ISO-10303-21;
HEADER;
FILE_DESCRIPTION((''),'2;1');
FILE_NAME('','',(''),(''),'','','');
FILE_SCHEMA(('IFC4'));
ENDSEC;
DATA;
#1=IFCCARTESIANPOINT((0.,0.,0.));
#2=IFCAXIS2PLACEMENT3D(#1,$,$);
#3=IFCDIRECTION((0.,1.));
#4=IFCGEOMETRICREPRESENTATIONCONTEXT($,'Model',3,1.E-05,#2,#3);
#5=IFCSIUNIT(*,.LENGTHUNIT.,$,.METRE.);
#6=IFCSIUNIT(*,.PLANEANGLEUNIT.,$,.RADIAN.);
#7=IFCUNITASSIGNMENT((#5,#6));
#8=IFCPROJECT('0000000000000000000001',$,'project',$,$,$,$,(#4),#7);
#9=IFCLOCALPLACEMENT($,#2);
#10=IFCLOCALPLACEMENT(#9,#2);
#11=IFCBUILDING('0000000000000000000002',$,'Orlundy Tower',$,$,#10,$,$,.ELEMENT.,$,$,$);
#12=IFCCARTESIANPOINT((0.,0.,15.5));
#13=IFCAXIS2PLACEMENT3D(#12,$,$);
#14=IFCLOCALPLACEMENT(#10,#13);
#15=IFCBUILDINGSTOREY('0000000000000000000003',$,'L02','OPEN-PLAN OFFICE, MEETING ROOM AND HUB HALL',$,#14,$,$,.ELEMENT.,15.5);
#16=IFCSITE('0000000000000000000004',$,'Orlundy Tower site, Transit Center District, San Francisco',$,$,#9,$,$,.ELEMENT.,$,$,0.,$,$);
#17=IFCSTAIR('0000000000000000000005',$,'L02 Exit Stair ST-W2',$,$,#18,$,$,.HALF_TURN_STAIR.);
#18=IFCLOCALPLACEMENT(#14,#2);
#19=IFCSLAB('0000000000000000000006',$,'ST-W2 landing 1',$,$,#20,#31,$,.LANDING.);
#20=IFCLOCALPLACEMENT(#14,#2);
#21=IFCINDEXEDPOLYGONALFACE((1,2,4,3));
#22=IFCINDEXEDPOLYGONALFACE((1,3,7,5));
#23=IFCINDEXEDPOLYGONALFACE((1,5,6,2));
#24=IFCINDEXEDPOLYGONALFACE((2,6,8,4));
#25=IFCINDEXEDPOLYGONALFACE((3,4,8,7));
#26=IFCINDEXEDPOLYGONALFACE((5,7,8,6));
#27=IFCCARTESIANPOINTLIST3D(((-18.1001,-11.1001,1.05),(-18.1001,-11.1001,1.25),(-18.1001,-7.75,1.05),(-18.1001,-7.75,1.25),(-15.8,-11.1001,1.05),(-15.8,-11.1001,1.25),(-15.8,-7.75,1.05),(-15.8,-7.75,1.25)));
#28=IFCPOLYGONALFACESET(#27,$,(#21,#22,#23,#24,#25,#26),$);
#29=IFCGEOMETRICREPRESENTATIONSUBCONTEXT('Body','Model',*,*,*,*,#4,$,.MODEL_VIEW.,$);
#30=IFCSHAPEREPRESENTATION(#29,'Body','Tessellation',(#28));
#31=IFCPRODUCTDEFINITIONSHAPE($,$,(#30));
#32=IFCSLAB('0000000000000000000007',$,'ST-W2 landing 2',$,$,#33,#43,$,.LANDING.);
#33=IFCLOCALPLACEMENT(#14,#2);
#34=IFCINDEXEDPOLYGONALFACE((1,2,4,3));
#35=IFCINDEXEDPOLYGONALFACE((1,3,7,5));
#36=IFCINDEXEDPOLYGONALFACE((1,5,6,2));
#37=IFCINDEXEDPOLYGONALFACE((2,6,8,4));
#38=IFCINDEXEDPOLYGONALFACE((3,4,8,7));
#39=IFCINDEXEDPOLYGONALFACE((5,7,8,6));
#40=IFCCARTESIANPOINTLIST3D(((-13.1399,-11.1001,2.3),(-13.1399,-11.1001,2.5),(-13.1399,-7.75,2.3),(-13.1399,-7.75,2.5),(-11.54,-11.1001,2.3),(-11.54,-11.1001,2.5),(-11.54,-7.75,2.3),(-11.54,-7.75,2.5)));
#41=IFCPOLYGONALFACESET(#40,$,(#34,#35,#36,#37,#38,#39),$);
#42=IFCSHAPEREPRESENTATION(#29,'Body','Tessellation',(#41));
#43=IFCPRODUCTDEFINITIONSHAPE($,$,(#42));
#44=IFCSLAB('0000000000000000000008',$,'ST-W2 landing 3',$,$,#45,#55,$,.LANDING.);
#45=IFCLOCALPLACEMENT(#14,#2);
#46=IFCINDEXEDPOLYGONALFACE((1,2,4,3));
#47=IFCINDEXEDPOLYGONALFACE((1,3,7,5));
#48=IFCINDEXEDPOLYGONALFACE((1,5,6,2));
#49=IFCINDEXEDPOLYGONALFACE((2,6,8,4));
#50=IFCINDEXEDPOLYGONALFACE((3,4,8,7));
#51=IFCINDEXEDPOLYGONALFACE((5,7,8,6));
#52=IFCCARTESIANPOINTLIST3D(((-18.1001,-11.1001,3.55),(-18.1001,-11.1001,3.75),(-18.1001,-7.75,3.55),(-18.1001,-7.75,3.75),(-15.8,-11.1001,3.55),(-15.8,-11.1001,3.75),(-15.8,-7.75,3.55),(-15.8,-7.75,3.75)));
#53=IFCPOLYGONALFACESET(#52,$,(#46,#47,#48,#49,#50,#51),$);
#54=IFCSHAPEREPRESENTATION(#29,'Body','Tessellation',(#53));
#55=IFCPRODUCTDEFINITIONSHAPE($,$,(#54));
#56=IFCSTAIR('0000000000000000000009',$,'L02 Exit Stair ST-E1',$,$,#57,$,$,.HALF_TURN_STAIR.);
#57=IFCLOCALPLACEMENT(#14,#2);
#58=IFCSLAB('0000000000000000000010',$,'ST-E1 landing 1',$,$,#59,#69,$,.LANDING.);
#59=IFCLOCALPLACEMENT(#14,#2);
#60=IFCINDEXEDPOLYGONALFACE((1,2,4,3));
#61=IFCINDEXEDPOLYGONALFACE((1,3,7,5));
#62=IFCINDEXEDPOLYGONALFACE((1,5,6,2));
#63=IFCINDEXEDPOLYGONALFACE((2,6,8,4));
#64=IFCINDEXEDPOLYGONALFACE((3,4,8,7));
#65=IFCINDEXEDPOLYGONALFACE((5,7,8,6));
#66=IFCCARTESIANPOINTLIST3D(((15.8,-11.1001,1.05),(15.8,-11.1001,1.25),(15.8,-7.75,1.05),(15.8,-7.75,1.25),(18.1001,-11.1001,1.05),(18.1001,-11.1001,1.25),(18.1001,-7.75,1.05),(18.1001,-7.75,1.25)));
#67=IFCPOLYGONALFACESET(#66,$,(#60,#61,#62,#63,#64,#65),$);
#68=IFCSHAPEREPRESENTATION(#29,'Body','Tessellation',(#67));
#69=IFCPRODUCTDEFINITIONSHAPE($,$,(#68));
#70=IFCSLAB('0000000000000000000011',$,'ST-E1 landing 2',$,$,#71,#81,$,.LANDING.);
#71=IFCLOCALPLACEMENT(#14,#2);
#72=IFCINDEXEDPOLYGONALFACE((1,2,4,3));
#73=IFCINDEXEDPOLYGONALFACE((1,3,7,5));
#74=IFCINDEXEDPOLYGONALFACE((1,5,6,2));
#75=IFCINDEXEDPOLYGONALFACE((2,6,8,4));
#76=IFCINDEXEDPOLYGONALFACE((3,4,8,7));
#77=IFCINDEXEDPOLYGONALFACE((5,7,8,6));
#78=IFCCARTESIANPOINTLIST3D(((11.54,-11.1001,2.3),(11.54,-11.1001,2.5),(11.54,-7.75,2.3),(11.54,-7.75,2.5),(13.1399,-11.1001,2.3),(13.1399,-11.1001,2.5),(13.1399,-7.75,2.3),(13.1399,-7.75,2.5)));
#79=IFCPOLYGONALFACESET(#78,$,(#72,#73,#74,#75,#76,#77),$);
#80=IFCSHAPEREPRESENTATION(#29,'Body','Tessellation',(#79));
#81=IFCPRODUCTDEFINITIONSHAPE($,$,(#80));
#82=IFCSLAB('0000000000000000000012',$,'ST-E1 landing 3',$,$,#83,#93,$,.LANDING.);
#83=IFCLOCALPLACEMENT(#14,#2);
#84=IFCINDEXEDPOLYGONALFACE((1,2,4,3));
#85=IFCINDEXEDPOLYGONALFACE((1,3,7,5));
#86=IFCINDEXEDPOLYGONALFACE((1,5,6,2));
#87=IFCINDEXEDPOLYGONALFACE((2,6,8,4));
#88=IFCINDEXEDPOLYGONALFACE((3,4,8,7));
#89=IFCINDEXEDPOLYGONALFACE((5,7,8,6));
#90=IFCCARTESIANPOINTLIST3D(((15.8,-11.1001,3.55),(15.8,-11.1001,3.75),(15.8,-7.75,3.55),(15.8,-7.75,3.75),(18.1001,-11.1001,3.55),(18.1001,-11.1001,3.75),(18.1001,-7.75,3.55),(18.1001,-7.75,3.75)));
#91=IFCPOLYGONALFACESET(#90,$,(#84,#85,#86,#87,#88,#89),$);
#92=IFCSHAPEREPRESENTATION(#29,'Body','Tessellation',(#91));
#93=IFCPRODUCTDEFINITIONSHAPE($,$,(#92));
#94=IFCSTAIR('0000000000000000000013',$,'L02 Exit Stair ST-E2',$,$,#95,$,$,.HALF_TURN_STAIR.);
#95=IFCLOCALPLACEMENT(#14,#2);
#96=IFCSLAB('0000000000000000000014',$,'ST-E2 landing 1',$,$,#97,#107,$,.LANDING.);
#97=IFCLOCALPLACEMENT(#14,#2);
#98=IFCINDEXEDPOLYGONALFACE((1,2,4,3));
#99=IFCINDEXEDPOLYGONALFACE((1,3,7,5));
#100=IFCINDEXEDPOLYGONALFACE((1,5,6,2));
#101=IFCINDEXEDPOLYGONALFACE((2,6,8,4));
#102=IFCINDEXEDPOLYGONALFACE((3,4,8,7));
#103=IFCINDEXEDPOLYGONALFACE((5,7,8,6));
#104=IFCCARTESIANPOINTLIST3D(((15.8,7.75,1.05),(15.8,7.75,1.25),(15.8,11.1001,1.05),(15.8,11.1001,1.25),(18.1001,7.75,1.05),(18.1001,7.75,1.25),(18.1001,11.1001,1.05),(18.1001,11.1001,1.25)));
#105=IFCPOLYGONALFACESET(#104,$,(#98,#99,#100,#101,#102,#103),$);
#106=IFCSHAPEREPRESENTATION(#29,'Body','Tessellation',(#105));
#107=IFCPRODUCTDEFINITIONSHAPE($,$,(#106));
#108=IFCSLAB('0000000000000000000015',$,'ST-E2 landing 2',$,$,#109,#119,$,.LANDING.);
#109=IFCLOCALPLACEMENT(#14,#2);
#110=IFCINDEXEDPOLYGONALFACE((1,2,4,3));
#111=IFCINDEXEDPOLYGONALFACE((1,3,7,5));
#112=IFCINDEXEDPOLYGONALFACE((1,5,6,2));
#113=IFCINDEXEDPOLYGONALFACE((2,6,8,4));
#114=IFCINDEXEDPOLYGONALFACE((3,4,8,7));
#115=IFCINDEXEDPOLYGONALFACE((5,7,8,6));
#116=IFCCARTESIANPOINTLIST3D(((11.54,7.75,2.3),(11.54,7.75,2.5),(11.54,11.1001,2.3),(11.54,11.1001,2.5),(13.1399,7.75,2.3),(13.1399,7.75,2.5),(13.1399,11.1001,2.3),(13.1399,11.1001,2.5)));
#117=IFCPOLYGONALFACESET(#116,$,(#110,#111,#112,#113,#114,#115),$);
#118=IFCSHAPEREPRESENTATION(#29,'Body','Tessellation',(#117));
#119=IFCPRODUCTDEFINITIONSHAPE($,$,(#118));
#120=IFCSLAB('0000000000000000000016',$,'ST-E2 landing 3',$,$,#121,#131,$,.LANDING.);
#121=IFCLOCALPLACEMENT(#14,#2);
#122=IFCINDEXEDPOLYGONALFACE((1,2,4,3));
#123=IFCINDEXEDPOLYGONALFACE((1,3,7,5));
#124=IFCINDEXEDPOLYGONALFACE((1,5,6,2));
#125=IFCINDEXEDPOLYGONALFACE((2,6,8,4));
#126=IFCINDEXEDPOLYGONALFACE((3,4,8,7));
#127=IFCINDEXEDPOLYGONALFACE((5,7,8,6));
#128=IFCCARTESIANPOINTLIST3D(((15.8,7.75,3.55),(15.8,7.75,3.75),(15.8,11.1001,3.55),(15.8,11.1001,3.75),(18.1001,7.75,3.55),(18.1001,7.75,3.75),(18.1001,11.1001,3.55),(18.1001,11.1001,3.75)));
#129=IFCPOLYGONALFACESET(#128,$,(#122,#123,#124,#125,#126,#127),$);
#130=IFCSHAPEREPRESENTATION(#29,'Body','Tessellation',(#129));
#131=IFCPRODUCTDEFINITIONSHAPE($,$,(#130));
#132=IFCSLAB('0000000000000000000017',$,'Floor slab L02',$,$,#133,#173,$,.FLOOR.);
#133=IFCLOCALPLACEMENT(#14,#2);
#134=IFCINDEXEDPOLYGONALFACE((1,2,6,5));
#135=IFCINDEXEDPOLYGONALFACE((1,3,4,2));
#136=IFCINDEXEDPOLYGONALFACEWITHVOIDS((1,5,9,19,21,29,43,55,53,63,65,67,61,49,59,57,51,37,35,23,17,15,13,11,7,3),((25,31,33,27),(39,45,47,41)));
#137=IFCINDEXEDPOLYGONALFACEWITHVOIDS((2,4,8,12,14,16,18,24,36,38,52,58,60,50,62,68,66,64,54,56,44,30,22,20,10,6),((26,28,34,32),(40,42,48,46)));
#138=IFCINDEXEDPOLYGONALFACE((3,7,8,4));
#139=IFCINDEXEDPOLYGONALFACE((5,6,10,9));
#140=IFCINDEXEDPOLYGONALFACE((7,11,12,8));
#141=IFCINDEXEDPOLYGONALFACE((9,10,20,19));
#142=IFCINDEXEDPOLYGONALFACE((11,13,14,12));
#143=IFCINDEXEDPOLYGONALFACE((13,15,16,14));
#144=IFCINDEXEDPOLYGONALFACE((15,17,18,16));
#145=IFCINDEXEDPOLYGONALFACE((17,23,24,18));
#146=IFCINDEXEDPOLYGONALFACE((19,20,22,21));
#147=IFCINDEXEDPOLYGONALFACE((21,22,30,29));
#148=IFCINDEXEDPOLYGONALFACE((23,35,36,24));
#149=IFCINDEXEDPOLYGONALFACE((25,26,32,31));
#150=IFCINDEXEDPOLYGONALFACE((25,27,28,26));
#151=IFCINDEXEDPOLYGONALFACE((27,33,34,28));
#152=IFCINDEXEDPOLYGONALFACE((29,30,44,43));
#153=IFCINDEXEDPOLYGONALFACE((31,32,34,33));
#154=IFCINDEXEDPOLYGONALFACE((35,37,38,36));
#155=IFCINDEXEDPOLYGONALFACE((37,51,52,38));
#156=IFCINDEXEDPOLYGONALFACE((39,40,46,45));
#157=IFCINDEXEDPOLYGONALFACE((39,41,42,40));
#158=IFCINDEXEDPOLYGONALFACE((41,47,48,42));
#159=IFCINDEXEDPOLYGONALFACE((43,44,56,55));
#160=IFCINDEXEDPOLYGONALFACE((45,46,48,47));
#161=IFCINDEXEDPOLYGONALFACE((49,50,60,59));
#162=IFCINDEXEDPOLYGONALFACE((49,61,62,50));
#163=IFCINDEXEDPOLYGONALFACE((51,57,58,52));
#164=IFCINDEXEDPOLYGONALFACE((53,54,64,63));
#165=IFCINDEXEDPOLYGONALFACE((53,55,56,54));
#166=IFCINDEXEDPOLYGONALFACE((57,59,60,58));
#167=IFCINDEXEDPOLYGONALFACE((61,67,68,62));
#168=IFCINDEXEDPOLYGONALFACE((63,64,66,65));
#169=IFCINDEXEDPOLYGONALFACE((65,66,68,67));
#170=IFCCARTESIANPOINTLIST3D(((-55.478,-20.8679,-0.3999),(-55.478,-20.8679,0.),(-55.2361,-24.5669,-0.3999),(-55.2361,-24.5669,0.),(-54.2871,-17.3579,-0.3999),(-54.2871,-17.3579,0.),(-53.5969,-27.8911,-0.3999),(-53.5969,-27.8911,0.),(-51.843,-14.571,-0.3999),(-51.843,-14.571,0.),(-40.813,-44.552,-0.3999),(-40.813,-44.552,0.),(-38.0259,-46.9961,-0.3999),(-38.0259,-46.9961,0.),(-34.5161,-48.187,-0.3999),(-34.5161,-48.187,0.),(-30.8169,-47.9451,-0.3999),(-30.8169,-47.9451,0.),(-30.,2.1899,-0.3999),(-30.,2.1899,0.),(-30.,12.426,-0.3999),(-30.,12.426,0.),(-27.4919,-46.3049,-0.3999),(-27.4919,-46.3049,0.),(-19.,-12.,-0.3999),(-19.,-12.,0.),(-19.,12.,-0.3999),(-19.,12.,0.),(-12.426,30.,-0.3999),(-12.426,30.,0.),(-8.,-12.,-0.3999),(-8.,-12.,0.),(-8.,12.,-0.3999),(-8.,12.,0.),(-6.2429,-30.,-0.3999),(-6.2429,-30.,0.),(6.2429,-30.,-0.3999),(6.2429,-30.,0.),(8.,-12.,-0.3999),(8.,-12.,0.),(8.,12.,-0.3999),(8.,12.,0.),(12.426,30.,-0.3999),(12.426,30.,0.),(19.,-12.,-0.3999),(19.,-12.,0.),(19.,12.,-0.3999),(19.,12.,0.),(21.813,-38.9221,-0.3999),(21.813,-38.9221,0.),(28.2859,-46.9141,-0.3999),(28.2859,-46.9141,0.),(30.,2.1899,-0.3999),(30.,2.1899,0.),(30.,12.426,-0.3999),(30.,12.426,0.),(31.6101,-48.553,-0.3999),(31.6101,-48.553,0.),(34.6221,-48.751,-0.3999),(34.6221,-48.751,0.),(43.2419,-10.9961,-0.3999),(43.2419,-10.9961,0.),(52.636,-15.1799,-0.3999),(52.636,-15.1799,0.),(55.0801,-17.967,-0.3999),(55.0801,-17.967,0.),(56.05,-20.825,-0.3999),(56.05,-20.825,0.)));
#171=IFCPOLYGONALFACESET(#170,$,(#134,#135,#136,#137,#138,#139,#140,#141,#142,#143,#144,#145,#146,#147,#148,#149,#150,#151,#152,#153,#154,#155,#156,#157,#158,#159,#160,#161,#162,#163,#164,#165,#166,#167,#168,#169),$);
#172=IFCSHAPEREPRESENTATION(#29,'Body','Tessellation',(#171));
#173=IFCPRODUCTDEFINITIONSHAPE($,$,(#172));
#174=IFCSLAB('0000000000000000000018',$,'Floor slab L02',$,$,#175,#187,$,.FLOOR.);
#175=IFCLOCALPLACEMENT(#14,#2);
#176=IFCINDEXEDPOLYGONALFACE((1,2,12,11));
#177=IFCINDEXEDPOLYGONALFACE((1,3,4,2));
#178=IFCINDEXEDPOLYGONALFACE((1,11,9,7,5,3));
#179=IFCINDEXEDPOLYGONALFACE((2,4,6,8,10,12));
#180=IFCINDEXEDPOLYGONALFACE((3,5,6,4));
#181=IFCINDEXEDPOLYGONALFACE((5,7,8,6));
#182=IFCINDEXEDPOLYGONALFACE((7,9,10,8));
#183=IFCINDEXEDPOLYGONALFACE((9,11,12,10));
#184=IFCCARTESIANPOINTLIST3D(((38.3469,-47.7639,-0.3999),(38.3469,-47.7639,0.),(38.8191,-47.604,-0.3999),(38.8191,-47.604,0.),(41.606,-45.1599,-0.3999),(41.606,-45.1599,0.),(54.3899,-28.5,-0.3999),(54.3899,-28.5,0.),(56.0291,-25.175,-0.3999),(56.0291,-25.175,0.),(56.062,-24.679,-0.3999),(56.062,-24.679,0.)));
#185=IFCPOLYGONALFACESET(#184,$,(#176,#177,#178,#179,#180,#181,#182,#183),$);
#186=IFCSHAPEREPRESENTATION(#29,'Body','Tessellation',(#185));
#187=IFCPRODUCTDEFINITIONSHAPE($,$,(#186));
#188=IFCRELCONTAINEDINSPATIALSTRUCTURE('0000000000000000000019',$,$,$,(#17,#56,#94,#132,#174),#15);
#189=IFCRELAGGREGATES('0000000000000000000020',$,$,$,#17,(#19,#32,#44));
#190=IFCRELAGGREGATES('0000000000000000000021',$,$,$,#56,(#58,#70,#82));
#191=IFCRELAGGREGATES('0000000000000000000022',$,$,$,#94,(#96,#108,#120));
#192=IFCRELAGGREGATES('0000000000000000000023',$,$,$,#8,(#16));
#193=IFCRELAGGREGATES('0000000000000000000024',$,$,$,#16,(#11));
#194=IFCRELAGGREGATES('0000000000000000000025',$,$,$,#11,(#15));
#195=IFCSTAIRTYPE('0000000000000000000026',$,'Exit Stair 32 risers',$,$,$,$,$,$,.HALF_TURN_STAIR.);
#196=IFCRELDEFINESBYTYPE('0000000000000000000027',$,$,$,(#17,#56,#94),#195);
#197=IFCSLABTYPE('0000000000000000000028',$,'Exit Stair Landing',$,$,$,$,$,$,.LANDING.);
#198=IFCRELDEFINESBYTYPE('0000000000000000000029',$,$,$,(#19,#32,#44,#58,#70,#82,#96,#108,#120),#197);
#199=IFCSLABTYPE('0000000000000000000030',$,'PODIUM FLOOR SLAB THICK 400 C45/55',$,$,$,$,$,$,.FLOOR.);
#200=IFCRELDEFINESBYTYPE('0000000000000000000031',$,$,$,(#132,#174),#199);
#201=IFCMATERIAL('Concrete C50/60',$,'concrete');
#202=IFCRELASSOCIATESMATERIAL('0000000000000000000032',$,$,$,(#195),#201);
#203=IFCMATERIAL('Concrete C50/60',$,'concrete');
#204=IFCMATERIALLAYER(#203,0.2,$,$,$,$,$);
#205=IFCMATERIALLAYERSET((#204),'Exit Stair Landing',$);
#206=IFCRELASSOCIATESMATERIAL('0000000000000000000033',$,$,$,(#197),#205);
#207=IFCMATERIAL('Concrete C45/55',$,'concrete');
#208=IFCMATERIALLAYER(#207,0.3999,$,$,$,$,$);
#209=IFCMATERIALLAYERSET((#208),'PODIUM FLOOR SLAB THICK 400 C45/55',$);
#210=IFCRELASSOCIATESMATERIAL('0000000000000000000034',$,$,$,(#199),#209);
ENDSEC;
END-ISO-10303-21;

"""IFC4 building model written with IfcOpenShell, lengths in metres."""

from ifc_helpers import new_model, si_unit, direction, frame, origin, place, context, subcontext, project, spatial, polyline, outline, extrude, material, layer, layer_set, type_object, element, aggregate, save


model = new_model("IFC4")

# Units and contexts
model_context = context("Model", 3, precision=1e-05, world=origin(), true_north=direction((0.0, 1.0)))
body_context = subcontext(model_context, "Body", "Model", "MODEL_VIEW")
ifc_project = project(units=[si_unit("LENGTHUNIT", "METRE"), si_unit("PLANEANGLEUNIT", "RADIAN")], contexts=[model_context])

# Site, building, storey
site_placement = place(None, origin())
site = spatial("IfcSite", under=ifc_project, at=site_placement, Name="Orlundy Tower site, Transit Center District, San Francisco", CompositionType="ELEMENT", RefElevation=0.0)
building_placement = place(site_placement, origin())
building = spatial("IfcBuilding", under=site, at=building_placement, Name="Orlundy Tower", CompositionType="ELEMENT")
storey_placement = place(building_placement, frame((0.0, 0.0, 15.5)))
storey = spatial("IfcBuildingStorey", under=building, at=storey_placement, Name="L02", Description="OPEN-PLAN OFFICE, MEETING ROOM AND HUB HALL", CompositionType="ELEMENT", Elevation=15.5)

# Stairs, slabs
ifc_material_1 = material(Name="Concrete C50/60", Category="concrete")
stair_type = type_object("IfcStairType", Name="Exit Stair 32 risers", PredefinedType="HALF_TURN_STAIR", material=ifc_material_1)
ifc_material_2 = material(Name="Concrete C50/60", Category="concrete")
ifc_layer_1 = layer(ifc_material_2, 0.2)
ifc_layer_set_1 = layer_set([ifc_layer_1], Name="Exit Stair Landing")
slab_type_1 = type_object("IfcSlabType", Name="Exit Stair Landing", PredefinedType="LANDING", material=ifc_layer_set_1)
stair_1_placement = place(storey_placement, origin())
stair_1 = element("IfcStair", 1, at=stair_1_placement, inside=storey, type_object=stair_type, Name="L02 Exit Stair ST-W2", PredefinedType="HALF_TURN_STAIR")
slab_1_placement = place(storey_placement, frame((0.0, 0.0, 1.05)))
slab_1 = element("IfcSlab", 2, at=slab_1_placement, type_object=slab_type_1, Name="ST-W2 landing 1", PredefinedType="LANDING", context=body_context, shape_type="SweptSolid", body=[
    extrude(outline(polyline([(-15.8, -7.75), (-18.1001, -7.75), (-18.1001, -11.1001), (-15.8, -11.1001), (-15.8, -7.75)])), origin(), (0.0, 0.0, 1.0), 0.2),
])
slab_2_placement = place(storey_placement, frame((0.0, 0.0, 2.3)))
slab_2 = element("IfcSlab", 3, at=slab_2_placement, type_object=slab_type_1, Name="ST-W2 landing 2", PredefinedType="LANDING", context=body_context, shape_type="SweptSolid", body=[
    extrude(outline(polyline([(-11.54, -7.75), (-13.1399, -7.75), (-13.1399, -11.1001), (-11.54, -11.1001), (-11.54, -7.75)])), origin(), (0.0, 0.0, 1.0), 0.2),
])
slab_3_placement = place(storey_placement, frame((0.0, 0.0, 3.55)))
slab_3 = element("IfcSlab", 4, at=slab_3_placement, type_object=slab_type_1, Name="ST-W2 landing 3", PredefinedType="LANDING", context=body_context, shape_type="SweptSolid", body=[
    extrude(outline(polyline([(-15.8, -7.75), (-18.1001, -7.75), (-18.1001, -11.1001), (-15.8, -11.1001), (-15.8, -7.75)])), origin(), (0.0, 0.0, 1.0), 0.2),
])
aggregate(stair_1, [slab_1, slab_2, slab_3])
stair_2_placement = place(storey_placement, origin())
stair_2 = element("IfcStair", 5, at=stair_2_placement, inside=storey, type_object=stair_type, Name="L02 Exit Stair ST-E1", PredefinedType="HALF_TURN_STAIR")
slab_4_placement = place(storey_placement, frame((0.0, 0.0, 1.05)))
slab_4 = element("IfcSlab", 6, at=slab_4_placement, type_object=slab_type_1, Name="ST-E1 landing 1", PredefinedType="LANDING", context=body_context, shape_type="SweptSolid", body=[
    extrude(outline(polyline([(15.8, -11.1001), (18.1001, -11.1001), (18.1001, -7.75), (15.8, -7.75), (15.8, -11.1001)])), origin(), (0.0, 0.0, 1.0), 0.2),
])
slab_5_placement = place(storey_placement, frame((0.0, 0.0, 2.3)))
slab_5 = element("IfcSlab", 7, at=slab_5_placement, type_object=slab_type_1, Name="ST-E1 landing 2", PredefinedType="LANDING", context=body_context, shape_type="SweptSolid", body=[
    extrude(outline(polyline([(11.54, -11.1001), (13.1399, -11.1001), (13.1399, -7.75), (11.54, -7.75), (11.54, -11.1001)])), origin(), (0.0, 0.0, 1.0), 0.2),
])
slab_6_placement = place(storey_placement, frame((0.0, 0.0, 3.55)))
slab_6 = element("IfcSlab", 8, at=slab_6_placement, type_object=slab_type_1, Name="ST-E1 landing 3", PredefinedType="LANDING", context=body_context, shape_type="SweptSolid", body=[
    extrude(outline(polyline([(15.8, -11.1001), (18.1001, -11.1001), (18.1001, -7.75), (15.8, -7.75), (15.8, -11.1001)])), origin(), (0.0, 0.0, 1.0), 0.2),
])
aggregate(stair_2, [slab_4, slab_5, slab_6])
stair_3_placement = place(storey_placement, origin())
stair_3 = element("IfcStair", 9, at=stair_3_placement, inside=storey, type_object=stair_type, Name="L02 Exit Stair ST-E2", PredefinedType="HALF_TURN_STAIR")
slab_7_placement = place(storey_placement, frame((0.0, 0.0, 1.05)))
slab_7 = element("IfcSlab", 10, at=slab_7_placement, type_object=slab_type_1, Name="ST-E2 landing 1", PredefinedType="LANDING", context=body_context, shape_type="SweptSolid", body=[
    extrude(outline(polyline([(15.8, 7.75), (18.1001, 7.75), (18.1001, 11.1001), (15.8, 11.1001), (15.8, 7.75)])), origin(), (0.0, 0.0, 1.0), 0.2),
])
slab_8_placement = place(storey_placement, frame((0.0, 0.0, 2.3)))
slab_8 = element("IfcSlab", 11, at=slab_8_placement, type_object=slab_type_1, Name="ST-E2 landing 2", PredefinedType="LANDING", context=body_context, shape_type="SweptSolid", body=[
    extrude(outline(polyline([(11.54, 7.75), (13.1399, 7.75), (13.1399, 11.1001), (11.54, 11.1001), (11.54, 7.75)])), origin(), (0.0, 0.0, 1.0), 0.2),
])
slab_9_placement = place(storey_placement, frame((0.0, 0.0, 3.55)))
slab_9 = element("IfcSlab", 12, at=slab_9_placement, type_object=slab_type_1, Name="ST-E2 landing 3", PredefinedType="LANDING", context=body_context, shape_type="SweptSolid", body=[
    extrude(outline(polyline([(15.8, 7.75), (18.1001, 7.75), (18.1001, 11.1001), (15.8, 11.1001), (15.8, 7.75)])), origin(), (0.0, 0.0, 1.0), 0.2),
])
aggregate(stair_3, [slab_7, slab_8, slab_9])

# Slabs
ifc_material_3 = material(Name="Concrete C45/55", Category="concrete")
ifc_layer_2 = layer(ifc_material_3, 0.3999)
ifc_layer_set_2 = layer_set([ifc_layer_2], Name="PODIUM FLOOR SLAB THICK 400 C45/55")
slab_type_2 = type_object("IfcSlabType", Name="PODIUM FLOOR SLAB THICK 400 C45/55", PredefinedType="FLOOR", material=ifc_layer_set_2)
slab_10_placement = place(storey_placement, frame((0.0, 0.0, -0.3999)))
element("IfcSlab", 13, at=slab_10_placement, inside=storey, type_object=slab_type_2, Name="Floor slab L02", PredefinedType="FLOOR", context=body_context, shape_type="SweptSolid", body=[
    extrude(outline(polyline([(-6.2429, -30.0), (-27.4919, -46.3049), (-30.8169, -47.9451), (-34.5161, -48.187), (-38.0259, -46.9961), (-40.813, -44.552), (-53.5969, -27.8911), (-55.2361, -24.5669), (-55.478, -20.8679), (-54.2871, -17.3579), (-51.843, -14.571), (-30.0, 2.1899), (-30.0, 12.426), (-12.426, 30.0), (12.426, 30.0), (30.0, 12.426), (30.0, 2.1899), (52.636, -15.1799), (55.0801, -17.967), (56.05, -20.825), (43.2419, -10.9961), (21.813, -38.9221), (34.6221, -48.751), (31.6101, -48.553), (28.2859, -46.9141), (6.2429, -30.0), (-6.2429, -30.0)]), holes=[polyline([(-8.0, 12.0), (-19.0, 12.0), (-19.0, -12.0), (-8.0, -12.0), (-8.0, 12.0)]), polyline([(19.0, 12.0), (8.0, 12.0), (8.0, -12.0), (19.0, -12.0), (19.0, 12.0)])]), origin(), (0.0, 0.0, 1.0), 0.3999),
])
slab_11_placement = place(storey_placement, frame((0.0, 0.0, -0.3999)))
element("IfcSlab", 14, at=slab_11_placement, inside=storey, type_object=slab_type_2, Name="Floor slab L02", PredefinedType="FLOOR", context=body_context, shape_type="SweptSolid", body=[
    extrude(outline(polyline([(56.0291, -25.175), (54.3899, -28.5), (41.606, -45.1599), (38.8191, -47.604), (38.3469, -47.7639), (56.062, -24.679), (56.0291, -25.175)])), origin(), (0.0, 0.0, 1.0), 0.3999),
])

save(model, "model.ifc")
